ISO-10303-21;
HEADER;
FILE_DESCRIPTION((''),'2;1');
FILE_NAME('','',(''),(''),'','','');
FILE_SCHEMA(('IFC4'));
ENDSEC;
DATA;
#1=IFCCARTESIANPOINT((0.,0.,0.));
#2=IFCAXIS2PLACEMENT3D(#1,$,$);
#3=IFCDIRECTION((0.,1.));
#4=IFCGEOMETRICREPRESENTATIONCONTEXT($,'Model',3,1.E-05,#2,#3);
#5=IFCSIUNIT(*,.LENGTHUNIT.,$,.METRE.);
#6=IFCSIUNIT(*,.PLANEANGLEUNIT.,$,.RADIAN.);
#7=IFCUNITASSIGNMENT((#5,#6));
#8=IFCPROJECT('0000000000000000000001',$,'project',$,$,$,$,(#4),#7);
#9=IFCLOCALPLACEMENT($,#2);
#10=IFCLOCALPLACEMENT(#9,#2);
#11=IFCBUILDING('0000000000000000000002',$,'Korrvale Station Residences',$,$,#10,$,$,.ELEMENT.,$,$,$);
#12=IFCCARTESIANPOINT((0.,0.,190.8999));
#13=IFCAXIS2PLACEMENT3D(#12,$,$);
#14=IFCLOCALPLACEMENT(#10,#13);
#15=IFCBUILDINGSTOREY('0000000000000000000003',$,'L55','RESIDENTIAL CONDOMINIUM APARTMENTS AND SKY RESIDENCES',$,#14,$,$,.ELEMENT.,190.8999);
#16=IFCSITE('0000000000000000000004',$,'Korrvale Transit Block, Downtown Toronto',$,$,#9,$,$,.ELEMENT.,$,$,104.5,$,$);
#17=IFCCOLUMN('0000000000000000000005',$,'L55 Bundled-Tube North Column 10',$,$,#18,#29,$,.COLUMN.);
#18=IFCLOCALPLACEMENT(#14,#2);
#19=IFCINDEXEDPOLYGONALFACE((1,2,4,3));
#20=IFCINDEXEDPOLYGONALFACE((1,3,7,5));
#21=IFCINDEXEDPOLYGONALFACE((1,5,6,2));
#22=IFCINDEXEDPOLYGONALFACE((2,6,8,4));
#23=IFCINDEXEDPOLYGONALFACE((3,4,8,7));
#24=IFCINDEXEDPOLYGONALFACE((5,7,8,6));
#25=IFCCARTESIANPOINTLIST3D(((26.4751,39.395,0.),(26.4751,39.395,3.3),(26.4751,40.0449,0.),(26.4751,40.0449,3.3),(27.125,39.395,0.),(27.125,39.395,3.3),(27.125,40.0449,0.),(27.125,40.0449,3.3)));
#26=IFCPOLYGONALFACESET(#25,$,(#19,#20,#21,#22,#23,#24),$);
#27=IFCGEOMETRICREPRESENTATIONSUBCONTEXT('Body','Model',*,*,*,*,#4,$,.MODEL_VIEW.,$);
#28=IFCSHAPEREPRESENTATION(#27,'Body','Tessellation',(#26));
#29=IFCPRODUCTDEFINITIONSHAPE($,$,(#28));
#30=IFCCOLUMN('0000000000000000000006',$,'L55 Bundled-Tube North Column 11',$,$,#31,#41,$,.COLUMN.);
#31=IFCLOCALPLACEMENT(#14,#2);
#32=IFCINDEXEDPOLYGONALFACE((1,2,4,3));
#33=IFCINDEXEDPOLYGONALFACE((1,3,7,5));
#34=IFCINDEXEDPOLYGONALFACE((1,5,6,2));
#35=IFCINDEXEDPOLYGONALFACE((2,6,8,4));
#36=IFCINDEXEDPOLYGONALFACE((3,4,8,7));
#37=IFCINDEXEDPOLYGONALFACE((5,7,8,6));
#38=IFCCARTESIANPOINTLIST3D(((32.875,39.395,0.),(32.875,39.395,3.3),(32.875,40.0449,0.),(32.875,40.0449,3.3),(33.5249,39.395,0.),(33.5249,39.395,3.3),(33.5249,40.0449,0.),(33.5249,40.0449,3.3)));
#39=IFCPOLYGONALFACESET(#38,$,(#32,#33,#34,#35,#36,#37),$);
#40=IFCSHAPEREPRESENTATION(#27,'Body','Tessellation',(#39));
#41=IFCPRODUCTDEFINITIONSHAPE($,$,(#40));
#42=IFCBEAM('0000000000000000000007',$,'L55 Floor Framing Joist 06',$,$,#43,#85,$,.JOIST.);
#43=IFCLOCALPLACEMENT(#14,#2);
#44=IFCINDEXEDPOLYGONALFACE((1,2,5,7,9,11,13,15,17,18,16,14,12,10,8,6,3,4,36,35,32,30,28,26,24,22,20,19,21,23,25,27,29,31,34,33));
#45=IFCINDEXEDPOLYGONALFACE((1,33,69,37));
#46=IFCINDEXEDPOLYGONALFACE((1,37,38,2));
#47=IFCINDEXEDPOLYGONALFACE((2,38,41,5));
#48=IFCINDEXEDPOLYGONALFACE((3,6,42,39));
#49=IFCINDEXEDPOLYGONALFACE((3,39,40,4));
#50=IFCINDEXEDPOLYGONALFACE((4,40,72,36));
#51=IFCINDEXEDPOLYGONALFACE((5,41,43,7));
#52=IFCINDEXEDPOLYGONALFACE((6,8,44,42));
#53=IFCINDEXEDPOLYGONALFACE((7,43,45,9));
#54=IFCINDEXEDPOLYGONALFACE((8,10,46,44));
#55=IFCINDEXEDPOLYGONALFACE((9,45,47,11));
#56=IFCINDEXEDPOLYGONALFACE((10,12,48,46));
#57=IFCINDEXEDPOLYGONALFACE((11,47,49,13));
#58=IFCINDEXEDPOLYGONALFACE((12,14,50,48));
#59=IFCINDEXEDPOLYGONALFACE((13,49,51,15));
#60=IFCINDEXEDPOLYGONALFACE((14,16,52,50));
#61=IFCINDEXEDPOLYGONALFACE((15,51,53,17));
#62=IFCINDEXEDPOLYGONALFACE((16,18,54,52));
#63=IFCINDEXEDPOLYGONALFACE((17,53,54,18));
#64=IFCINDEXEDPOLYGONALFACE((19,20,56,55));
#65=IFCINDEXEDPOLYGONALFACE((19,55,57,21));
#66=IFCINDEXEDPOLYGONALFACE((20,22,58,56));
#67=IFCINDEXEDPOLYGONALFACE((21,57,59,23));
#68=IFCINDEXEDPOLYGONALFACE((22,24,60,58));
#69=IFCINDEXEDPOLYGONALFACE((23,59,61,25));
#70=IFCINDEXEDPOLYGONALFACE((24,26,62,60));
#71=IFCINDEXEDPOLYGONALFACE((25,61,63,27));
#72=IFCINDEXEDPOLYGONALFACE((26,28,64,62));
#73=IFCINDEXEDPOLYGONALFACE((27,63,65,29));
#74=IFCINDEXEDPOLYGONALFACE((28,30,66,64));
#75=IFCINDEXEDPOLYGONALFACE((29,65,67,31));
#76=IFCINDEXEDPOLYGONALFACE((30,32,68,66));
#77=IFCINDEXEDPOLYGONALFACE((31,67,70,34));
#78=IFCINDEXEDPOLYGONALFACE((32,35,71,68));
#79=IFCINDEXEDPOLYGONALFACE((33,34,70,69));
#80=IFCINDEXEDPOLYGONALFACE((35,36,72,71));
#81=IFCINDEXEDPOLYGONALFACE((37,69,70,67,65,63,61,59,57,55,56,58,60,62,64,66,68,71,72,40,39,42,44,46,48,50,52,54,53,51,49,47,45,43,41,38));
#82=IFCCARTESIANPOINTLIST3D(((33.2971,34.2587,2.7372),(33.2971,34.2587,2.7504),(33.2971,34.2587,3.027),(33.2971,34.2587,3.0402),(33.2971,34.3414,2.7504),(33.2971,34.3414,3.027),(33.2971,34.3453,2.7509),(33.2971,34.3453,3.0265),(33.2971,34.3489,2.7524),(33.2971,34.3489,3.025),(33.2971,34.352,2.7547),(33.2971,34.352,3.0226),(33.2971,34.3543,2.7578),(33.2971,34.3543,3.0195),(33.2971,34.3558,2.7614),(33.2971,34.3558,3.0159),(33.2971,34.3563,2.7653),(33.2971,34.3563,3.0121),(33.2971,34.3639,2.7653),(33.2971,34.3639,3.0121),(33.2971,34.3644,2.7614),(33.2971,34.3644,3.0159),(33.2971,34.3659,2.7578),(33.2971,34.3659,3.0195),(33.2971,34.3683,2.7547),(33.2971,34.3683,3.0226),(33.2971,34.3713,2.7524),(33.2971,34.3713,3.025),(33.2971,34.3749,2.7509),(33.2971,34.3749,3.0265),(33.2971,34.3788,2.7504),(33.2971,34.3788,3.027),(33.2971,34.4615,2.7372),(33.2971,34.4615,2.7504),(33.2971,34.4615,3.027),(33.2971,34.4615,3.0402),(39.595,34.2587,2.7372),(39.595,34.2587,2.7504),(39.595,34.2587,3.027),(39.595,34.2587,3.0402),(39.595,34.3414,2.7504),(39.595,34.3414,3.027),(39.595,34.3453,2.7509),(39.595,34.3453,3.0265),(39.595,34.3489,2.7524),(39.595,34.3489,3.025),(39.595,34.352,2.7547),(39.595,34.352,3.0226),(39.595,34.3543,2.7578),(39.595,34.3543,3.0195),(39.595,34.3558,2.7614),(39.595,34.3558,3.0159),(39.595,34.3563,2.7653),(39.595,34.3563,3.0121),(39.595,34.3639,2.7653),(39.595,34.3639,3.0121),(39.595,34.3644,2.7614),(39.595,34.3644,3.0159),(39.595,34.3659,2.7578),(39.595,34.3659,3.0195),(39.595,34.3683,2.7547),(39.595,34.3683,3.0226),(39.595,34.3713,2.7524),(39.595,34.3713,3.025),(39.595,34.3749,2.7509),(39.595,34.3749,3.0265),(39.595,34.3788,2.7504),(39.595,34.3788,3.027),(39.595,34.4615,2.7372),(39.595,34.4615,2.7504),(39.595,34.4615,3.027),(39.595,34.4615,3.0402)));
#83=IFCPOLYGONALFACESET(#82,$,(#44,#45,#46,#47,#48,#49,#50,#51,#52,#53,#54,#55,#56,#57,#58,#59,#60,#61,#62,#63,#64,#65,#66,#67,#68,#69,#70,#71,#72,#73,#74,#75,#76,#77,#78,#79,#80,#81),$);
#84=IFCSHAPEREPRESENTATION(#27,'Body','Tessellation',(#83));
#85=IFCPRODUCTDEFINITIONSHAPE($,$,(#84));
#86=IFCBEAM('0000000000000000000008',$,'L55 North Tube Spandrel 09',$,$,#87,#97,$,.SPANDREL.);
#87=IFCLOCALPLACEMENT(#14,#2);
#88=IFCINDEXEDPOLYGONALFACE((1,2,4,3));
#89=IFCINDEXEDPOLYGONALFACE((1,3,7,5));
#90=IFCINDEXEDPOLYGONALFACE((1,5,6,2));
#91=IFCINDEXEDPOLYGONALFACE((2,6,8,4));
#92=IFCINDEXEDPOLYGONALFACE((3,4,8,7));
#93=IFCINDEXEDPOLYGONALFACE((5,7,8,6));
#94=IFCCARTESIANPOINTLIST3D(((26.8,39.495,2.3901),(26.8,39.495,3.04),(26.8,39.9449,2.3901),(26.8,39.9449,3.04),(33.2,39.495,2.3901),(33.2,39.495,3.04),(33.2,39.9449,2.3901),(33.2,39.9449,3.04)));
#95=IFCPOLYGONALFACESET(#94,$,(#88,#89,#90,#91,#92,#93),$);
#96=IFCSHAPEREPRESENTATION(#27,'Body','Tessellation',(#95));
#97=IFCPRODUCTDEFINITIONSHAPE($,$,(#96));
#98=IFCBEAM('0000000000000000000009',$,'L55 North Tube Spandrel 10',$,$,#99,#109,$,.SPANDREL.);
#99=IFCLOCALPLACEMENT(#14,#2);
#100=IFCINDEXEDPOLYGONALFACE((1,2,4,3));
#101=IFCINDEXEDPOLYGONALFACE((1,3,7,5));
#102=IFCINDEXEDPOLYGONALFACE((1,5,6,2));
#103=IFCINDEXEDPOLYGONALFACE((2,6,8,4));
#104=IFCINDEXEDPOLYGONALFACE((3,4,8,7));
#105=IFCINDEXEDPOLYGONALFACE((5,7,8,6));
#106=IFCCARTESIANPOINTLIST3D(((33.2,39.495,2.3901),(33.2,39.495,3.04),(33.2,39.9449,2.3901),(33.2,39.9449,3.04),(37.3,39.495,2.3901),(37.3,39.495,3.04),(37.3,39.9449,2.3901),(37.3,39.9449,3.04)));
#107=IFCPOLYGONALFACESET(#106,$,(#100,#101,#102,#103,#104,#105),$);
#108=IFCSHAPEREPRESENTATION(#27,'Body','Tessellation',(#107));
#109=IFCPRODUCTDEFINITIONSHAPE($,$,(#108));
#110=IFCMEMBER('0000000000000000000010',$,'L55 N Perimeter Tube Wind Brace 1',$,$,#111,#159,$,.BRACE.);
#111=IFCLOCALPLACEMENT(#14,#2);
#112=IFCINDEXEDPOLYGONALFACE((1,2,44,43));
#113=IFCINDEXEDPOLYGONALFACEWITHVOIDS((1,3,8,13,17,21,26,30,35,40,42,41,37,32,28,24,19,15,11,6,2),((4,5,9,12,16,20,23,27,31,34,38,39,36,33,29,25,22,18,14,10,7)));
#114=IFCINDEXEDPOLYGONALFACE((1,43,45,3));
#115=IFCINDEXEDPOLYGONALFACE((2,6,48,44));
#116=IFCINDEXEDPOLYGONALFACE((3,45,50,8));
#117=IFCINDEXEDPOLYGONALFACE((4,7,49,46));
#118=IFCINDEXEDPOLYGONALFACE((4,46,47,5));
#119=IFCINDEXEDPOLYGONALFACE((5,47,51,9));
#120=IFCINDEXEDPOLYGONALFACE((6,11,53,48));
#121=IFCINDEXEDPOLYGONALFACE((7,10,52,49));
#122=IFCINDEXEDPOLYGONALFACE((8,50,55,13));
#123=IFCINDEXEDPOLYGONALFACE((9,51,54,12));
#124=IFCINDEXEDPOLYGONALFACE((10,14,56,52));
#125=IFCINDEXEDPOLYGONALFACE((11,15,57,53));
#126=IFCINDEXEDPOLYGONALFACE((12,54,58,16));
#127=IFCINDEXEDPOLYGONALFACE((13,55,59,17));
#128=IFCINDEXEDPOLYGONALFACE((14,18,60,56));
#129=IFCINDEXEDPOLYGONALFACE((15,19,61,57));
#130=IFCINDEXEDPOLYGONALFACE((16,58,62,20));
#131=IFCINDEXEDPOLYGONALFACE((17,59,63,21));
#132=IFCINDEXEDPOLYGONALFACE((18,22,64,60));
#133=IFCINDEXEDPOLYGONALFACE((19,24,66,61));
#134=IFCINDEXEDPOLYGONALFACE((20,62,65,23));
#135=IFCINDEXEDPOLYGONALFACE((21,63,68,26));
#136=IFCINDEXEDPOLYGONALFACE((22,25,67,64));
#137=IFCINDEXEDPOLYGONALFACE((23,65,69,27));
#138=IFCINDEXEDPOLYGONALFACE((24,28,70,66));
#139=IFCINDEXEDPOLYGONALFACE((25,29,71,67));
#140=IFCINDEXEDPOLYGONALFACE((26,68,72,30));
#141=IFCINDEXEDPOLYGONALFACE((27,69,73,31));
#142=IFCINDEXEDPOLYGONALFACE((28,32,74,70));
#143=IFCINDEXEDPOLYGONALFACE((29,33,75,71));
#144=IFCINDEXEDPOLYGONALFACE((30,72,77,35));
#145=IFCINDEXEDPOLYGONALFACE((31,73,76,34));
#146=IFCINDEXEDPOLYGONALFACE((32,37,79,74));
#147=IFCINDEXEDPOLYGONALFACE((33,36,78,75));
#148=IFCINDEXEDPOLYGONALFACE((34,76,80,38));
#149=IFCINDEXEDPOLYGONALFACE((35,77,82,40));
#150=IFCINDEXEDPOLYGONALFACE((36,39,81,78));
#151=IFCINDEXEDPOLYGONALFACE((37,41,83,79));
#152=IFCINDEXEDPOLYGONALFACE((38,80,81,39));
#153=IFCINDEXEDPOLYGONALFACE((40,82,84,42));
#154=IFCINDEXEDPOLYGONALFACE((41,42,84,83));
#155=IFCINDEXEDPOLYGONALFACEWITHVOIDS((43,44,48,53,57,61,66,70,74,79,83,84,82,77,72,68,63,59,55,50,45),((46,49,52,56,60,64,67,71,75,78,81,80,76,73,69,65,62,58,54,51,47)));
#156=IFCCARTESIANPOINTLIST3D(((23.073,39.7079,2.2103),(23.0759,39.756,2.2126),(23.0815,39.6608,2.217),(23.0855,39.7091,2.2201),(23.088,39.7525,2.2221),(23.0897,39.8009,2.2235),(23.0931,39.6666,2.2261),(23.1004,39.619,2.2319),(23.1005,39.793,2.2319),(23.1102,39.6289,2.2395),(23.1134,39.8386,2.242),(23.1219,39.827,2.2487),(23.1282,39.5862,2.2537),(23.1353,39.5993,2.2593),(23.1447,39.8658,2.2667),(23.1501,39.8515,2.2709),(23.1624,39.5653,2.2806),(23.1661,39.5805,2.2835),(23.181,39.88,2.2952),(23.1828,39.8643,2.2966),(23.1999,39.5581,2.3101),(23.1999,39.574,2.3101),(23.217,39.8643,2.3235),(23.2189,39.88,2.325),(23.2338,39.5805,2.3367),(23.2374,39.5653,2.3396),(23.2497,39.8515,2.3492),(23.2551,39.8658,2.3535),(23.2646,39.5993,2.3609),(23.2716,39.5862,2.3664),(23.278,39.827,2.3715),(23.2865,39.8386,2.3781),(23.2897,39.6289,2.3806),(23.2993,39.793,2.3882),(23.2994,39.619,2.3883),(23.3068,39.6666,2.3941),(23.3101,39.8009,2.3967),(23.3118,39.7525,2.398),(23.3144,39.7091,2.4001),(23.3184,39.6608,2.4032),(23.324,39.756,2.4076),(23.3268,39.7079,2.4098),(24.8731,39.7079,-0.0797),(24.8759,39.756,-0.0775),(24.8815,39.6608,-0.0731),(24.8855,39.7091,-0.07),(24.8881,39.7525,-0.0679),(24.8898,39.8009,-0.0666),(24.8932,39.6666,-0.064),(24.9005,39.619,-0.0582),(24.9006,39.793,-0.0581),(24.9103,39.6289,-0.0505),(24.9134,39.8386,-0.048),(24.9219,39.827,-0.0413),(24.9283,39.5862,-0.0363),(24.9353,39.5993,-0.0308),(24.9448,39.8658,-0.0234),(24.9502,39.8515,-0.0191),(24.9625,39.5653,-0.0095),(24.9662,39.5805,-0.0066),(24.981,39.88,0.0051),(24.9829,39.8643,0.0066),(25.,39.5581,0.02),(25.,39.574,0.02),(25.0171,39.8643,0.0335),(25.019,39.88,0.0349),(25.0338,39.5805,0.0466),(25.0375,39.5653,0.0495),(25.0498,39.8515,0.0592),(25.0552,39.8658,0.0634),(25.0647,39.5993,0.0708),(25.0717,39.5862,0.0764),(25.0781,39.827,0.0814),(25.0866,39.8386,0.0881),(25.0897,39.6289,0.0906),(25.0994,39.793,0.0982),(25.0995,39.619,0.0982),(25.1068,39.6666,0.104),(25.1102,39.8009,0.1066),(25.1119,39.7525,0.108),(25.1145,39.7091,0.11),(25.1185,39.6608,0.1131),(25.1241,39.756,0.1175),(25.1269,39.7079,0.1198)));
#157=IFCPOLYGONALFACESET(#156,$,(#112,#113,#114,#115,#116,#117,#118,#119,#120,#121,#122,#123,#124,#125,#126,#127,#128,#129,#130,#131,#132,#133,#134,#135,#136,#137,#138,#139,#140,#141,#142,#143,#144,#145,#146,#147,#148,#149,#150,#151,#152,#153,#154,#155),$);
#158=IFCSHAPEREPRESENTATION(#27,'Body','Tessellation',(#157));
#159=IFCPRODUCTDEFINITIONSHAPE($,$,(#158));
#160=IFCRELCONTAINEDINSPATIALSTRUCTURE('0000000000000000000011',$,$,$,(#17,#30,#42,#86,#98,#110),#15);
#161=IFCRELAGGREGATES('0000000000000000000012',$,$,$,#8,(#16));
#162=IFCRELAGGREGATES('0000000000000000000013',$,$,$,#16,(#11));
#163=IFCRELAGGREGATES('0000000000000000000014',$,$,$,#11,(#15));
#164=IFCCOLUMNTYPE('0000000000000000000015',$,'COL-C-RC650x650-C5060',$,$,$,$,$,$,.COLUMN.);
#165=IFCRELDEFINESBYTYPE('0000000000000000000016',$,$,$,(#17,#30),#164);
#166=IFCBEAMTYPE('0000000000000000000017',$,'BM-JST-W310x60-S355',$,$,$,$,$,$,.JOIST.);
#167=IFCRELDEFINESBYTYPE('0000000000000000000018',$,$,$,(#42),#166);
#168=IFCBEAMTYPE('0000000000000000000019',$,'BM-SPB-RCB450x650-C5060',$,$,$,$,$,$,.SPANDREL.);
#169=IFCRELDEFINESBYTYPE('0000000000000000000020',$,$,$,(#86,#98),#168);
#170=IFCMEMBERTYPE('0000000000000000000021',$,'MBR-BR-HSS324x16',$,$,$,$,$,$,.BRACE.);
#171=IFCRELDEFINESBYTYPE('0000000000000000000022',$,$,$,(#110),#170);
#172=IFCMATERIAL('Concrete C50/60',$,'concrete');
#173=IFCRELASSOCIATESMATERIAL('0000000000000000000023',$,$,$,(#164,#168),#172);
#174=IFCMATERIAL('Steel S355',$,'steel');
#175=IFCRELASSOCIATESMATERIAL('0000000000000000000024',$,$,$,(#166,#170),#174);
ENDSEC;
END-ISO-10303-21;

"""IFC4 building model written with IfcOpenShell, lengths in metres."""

from ifc_helpers import new_model, si_unit, direction, frame, origin, origin_2d, place, context, subcontext, project, spatial, rectangle, hollow_circle, i_section, extrude, material, material_profile, profile_set, type_object, element, save


model = new_model("IFC4")

# Units and contexts
model_context = context("Model", 3, precision=1e-05, world=origin(), true_north=direction((0.0, 1.0)))
body_context = subcontext(model_context, "Body", "Model", "MODEL_VIEW")
ifc_project = project(units=[si_unit("LENGTHUNIT", "METRE"), si_unit("PLANEANGLEUNIT", "RADIAN")], contexts=[model_context])

# Site, building, storey
site_placement = place(None, origin())
site = spatial("IfcSite", under=ifc_project, at=site_placement, Name="Korrvale Transit Block, Downtown Toronto", CompositionType="ELEMENT", RefElevation=104.5)
building_placement = place(site_placement, origin())
building = spatial("IfcBuilding", under=site, at=building_placement, Name="Korrvale Station Residences", CompositionType="ELEMENT")
storey_placement = place(building_placement, frame((0.0, 0.0, 190.8999)))
storey = spatial("IfcBuildingStorey", under=building, at=storey_placement, Name="L55", Description="RESIDENTIAL CONDOMINIUM APARTMENTS AND SKY RESIDENCES", CompositionType="ELEMENT", Elevation=190.8999)

# Columns
ifc_material_1 = material(Name="Concrete C50/60", Category="concrete")
ifc_material_profile_1 = material_profile(ifc_material_1, rectangle(XDim=0.6499, YDim=0.6499, at=origin_2d()), Name="RC650x650")
ifc_profile_set_1 = profile_set([ifc_material_profile_1], Name="Concrete C50/60")
column_type = type_object("IfcColumnType", Name="COL-C-RC650x650-C5060", PredefinedType="COLUMN", material=ifc_profile_set_1)
for number, where, z_axis, x_axis, name in (
    (1, (26.8, 39.72, 0.0), (0.0, 0.0, 1.0), (1.0, 0.0, 0.0), "L55 Bundled-Tube North Column 10"),
    (2, (33.2, 39.72, 0.0), (0.0, 0.0, 1.0), (1.0, 0.0, 0.0), "L55 Bundled-Tube North Column 11"),
):
    element("IfcColumn", number, at=place(storey_placement, frame(where, z_axis=z_axis, x_axis=x_axis)), inside=storey, type_object=column_type, Name=name, PredefinedType="COLUMN", context=body_context, shape_type="SweptSolid", body=[
        extrude(rectangle(XDim=0.6499, YDim=0.6499, at=origin_2d()), origin(), (0.0, 0.0, 1.0), 3.3),
    ])

# Beams
ifc_material_2 = material(Name="Steel S355", Category="steel")
ifc_material_profile_2 = material_profile(ifc_material_2, i_section(OverallWidth=0.2029, OverallDepth=0.303, WebThickness=0.0076, FlangeThickness=0.0132, FilletRadius=0.0149, at=origin_2d()), Name="W310x60")
ifc_profile_set_2 = profile_set([ifc_material_profile_2], Name="Steel S355")
beam_type_1 = type_object("IfcBeamType", Name="BM-JST-W310x60-S355", PredefinedType="JOIST", material=ifc_profile_set_2)
beam_1_placement = place(storey_placement, frame((33.2971, 34.3601, 2.8887), z_axis=(1.0, 0.0, 0.0), x_axis=(0.0, 1.0, 0.0)))
element("IfcBeam", 3, at=beam_1_placement, inside=storey, type_object=beam_type_1, Name="L55 Floor Framing Joist 06", PredefinedType="JOIST", context=body_context, shape_type="SweptSolid", body=[
    extrude(i_section(OverallWidth=0.2029, OverallDepth=0.303, WebThickness=0.0076, FlangeThickness=0.0132, FilletRadius=0.0149, at=origin_2d()), origin(), (0.0, 0.0, 1.0), 6.2979),
])
ifc_material_profile_3 = material_profile(ifc_material_1, rectangle(XDim=0.45, YDim=0.6499, at=origin_2d()), Name="RCB450x650")
ifc_profile_set_3 = profile_set([ifc_material_profile_3], Name="Concrete C50/60")
beam_type_2 = type_object("IfcBeamType", Name="BM-SPB-RCB450x650-C5060", PredefinedType="SPANDREL", material=ifc_profile_set_3)
beam_2_placement = place(storey_placement, frame((26.8, 39.72, 2.7151), z_axis=(1.0, 0.0, 0.0), x_axis=(0.0, 1.0, 0.0)))
element("IfcBeam", 4, at=beam_2_placement, inside=storey, type_object=beam_type_2, Name="L55 North Tube Spandrel 09", PredefinedType="SPANDREL", context=body_context, shape_type="SweptSolid", body=[
    extrude(rectangle(XDim=0.45, YDim=0.6499, at=origin_2d()), origin(), (0.0, 0.0, 1.0), 6.3999),
])
beam_3_placement = place(storey_placement, frame((33.2, 39.72, 2.7151), z_axis=(1.0, 0.0, 0.0), x_axis=(0.0, 1.0, 0.0)))
element("IfcBeam", 5, at=beam_3_placement, inside=storey, type_object=beam_type_2, Name="L55 North Tube Spandrel 10", PredefinedType="SPANDREL", context=body_context, shape_type="SweptSolid", body=[
    extrude(rectangle(XDim=0.45, YDim=0.6499, at=origin_2d()), origin(), (0.0, 0.0, 1.0), 4.1001),
])

# Member
ifc_material_profile_4 = material_profile(ifc_material_2, hollow_circle(Radius=0.1619, WallThickness=0.0159, at=origin_2d()), Name="HSS324x16")
ifc_profile_set_4 = profile_set([ifc_material_profile_4], Name="Steel S355")
member_type = type_object("IfcMemberType", Name="MBR-BR-HSS324x16", PredefinedType="BRACE", material=ifc_profile_set_4)
for number, where, z_axis, x_axis, name in (
    (6, (25.0, 39.72, 0.02), (-0.617977, 0.0, 0.786196), (0.0, -1.0, 0.0), "L55 N Perimeter Tube Wind Brace 1"),
):
    element("IfcMember", number, at=place(storey_placement, frame(where, z_axis=z_axis, x_axis=x_axis)), inside=storey, type_object=member_type, Name=name, PredefinedType="BRACE", context=body_context, shape_type="SweptSolid", body=[
        extrude(hollow_circle(Radius=0.1619, WallThickness=0.0159, at=origin_2d()), origin(), (0.0, 0.0, 1.0), 2.9128),
    ])

save(model, "model.ifc")
